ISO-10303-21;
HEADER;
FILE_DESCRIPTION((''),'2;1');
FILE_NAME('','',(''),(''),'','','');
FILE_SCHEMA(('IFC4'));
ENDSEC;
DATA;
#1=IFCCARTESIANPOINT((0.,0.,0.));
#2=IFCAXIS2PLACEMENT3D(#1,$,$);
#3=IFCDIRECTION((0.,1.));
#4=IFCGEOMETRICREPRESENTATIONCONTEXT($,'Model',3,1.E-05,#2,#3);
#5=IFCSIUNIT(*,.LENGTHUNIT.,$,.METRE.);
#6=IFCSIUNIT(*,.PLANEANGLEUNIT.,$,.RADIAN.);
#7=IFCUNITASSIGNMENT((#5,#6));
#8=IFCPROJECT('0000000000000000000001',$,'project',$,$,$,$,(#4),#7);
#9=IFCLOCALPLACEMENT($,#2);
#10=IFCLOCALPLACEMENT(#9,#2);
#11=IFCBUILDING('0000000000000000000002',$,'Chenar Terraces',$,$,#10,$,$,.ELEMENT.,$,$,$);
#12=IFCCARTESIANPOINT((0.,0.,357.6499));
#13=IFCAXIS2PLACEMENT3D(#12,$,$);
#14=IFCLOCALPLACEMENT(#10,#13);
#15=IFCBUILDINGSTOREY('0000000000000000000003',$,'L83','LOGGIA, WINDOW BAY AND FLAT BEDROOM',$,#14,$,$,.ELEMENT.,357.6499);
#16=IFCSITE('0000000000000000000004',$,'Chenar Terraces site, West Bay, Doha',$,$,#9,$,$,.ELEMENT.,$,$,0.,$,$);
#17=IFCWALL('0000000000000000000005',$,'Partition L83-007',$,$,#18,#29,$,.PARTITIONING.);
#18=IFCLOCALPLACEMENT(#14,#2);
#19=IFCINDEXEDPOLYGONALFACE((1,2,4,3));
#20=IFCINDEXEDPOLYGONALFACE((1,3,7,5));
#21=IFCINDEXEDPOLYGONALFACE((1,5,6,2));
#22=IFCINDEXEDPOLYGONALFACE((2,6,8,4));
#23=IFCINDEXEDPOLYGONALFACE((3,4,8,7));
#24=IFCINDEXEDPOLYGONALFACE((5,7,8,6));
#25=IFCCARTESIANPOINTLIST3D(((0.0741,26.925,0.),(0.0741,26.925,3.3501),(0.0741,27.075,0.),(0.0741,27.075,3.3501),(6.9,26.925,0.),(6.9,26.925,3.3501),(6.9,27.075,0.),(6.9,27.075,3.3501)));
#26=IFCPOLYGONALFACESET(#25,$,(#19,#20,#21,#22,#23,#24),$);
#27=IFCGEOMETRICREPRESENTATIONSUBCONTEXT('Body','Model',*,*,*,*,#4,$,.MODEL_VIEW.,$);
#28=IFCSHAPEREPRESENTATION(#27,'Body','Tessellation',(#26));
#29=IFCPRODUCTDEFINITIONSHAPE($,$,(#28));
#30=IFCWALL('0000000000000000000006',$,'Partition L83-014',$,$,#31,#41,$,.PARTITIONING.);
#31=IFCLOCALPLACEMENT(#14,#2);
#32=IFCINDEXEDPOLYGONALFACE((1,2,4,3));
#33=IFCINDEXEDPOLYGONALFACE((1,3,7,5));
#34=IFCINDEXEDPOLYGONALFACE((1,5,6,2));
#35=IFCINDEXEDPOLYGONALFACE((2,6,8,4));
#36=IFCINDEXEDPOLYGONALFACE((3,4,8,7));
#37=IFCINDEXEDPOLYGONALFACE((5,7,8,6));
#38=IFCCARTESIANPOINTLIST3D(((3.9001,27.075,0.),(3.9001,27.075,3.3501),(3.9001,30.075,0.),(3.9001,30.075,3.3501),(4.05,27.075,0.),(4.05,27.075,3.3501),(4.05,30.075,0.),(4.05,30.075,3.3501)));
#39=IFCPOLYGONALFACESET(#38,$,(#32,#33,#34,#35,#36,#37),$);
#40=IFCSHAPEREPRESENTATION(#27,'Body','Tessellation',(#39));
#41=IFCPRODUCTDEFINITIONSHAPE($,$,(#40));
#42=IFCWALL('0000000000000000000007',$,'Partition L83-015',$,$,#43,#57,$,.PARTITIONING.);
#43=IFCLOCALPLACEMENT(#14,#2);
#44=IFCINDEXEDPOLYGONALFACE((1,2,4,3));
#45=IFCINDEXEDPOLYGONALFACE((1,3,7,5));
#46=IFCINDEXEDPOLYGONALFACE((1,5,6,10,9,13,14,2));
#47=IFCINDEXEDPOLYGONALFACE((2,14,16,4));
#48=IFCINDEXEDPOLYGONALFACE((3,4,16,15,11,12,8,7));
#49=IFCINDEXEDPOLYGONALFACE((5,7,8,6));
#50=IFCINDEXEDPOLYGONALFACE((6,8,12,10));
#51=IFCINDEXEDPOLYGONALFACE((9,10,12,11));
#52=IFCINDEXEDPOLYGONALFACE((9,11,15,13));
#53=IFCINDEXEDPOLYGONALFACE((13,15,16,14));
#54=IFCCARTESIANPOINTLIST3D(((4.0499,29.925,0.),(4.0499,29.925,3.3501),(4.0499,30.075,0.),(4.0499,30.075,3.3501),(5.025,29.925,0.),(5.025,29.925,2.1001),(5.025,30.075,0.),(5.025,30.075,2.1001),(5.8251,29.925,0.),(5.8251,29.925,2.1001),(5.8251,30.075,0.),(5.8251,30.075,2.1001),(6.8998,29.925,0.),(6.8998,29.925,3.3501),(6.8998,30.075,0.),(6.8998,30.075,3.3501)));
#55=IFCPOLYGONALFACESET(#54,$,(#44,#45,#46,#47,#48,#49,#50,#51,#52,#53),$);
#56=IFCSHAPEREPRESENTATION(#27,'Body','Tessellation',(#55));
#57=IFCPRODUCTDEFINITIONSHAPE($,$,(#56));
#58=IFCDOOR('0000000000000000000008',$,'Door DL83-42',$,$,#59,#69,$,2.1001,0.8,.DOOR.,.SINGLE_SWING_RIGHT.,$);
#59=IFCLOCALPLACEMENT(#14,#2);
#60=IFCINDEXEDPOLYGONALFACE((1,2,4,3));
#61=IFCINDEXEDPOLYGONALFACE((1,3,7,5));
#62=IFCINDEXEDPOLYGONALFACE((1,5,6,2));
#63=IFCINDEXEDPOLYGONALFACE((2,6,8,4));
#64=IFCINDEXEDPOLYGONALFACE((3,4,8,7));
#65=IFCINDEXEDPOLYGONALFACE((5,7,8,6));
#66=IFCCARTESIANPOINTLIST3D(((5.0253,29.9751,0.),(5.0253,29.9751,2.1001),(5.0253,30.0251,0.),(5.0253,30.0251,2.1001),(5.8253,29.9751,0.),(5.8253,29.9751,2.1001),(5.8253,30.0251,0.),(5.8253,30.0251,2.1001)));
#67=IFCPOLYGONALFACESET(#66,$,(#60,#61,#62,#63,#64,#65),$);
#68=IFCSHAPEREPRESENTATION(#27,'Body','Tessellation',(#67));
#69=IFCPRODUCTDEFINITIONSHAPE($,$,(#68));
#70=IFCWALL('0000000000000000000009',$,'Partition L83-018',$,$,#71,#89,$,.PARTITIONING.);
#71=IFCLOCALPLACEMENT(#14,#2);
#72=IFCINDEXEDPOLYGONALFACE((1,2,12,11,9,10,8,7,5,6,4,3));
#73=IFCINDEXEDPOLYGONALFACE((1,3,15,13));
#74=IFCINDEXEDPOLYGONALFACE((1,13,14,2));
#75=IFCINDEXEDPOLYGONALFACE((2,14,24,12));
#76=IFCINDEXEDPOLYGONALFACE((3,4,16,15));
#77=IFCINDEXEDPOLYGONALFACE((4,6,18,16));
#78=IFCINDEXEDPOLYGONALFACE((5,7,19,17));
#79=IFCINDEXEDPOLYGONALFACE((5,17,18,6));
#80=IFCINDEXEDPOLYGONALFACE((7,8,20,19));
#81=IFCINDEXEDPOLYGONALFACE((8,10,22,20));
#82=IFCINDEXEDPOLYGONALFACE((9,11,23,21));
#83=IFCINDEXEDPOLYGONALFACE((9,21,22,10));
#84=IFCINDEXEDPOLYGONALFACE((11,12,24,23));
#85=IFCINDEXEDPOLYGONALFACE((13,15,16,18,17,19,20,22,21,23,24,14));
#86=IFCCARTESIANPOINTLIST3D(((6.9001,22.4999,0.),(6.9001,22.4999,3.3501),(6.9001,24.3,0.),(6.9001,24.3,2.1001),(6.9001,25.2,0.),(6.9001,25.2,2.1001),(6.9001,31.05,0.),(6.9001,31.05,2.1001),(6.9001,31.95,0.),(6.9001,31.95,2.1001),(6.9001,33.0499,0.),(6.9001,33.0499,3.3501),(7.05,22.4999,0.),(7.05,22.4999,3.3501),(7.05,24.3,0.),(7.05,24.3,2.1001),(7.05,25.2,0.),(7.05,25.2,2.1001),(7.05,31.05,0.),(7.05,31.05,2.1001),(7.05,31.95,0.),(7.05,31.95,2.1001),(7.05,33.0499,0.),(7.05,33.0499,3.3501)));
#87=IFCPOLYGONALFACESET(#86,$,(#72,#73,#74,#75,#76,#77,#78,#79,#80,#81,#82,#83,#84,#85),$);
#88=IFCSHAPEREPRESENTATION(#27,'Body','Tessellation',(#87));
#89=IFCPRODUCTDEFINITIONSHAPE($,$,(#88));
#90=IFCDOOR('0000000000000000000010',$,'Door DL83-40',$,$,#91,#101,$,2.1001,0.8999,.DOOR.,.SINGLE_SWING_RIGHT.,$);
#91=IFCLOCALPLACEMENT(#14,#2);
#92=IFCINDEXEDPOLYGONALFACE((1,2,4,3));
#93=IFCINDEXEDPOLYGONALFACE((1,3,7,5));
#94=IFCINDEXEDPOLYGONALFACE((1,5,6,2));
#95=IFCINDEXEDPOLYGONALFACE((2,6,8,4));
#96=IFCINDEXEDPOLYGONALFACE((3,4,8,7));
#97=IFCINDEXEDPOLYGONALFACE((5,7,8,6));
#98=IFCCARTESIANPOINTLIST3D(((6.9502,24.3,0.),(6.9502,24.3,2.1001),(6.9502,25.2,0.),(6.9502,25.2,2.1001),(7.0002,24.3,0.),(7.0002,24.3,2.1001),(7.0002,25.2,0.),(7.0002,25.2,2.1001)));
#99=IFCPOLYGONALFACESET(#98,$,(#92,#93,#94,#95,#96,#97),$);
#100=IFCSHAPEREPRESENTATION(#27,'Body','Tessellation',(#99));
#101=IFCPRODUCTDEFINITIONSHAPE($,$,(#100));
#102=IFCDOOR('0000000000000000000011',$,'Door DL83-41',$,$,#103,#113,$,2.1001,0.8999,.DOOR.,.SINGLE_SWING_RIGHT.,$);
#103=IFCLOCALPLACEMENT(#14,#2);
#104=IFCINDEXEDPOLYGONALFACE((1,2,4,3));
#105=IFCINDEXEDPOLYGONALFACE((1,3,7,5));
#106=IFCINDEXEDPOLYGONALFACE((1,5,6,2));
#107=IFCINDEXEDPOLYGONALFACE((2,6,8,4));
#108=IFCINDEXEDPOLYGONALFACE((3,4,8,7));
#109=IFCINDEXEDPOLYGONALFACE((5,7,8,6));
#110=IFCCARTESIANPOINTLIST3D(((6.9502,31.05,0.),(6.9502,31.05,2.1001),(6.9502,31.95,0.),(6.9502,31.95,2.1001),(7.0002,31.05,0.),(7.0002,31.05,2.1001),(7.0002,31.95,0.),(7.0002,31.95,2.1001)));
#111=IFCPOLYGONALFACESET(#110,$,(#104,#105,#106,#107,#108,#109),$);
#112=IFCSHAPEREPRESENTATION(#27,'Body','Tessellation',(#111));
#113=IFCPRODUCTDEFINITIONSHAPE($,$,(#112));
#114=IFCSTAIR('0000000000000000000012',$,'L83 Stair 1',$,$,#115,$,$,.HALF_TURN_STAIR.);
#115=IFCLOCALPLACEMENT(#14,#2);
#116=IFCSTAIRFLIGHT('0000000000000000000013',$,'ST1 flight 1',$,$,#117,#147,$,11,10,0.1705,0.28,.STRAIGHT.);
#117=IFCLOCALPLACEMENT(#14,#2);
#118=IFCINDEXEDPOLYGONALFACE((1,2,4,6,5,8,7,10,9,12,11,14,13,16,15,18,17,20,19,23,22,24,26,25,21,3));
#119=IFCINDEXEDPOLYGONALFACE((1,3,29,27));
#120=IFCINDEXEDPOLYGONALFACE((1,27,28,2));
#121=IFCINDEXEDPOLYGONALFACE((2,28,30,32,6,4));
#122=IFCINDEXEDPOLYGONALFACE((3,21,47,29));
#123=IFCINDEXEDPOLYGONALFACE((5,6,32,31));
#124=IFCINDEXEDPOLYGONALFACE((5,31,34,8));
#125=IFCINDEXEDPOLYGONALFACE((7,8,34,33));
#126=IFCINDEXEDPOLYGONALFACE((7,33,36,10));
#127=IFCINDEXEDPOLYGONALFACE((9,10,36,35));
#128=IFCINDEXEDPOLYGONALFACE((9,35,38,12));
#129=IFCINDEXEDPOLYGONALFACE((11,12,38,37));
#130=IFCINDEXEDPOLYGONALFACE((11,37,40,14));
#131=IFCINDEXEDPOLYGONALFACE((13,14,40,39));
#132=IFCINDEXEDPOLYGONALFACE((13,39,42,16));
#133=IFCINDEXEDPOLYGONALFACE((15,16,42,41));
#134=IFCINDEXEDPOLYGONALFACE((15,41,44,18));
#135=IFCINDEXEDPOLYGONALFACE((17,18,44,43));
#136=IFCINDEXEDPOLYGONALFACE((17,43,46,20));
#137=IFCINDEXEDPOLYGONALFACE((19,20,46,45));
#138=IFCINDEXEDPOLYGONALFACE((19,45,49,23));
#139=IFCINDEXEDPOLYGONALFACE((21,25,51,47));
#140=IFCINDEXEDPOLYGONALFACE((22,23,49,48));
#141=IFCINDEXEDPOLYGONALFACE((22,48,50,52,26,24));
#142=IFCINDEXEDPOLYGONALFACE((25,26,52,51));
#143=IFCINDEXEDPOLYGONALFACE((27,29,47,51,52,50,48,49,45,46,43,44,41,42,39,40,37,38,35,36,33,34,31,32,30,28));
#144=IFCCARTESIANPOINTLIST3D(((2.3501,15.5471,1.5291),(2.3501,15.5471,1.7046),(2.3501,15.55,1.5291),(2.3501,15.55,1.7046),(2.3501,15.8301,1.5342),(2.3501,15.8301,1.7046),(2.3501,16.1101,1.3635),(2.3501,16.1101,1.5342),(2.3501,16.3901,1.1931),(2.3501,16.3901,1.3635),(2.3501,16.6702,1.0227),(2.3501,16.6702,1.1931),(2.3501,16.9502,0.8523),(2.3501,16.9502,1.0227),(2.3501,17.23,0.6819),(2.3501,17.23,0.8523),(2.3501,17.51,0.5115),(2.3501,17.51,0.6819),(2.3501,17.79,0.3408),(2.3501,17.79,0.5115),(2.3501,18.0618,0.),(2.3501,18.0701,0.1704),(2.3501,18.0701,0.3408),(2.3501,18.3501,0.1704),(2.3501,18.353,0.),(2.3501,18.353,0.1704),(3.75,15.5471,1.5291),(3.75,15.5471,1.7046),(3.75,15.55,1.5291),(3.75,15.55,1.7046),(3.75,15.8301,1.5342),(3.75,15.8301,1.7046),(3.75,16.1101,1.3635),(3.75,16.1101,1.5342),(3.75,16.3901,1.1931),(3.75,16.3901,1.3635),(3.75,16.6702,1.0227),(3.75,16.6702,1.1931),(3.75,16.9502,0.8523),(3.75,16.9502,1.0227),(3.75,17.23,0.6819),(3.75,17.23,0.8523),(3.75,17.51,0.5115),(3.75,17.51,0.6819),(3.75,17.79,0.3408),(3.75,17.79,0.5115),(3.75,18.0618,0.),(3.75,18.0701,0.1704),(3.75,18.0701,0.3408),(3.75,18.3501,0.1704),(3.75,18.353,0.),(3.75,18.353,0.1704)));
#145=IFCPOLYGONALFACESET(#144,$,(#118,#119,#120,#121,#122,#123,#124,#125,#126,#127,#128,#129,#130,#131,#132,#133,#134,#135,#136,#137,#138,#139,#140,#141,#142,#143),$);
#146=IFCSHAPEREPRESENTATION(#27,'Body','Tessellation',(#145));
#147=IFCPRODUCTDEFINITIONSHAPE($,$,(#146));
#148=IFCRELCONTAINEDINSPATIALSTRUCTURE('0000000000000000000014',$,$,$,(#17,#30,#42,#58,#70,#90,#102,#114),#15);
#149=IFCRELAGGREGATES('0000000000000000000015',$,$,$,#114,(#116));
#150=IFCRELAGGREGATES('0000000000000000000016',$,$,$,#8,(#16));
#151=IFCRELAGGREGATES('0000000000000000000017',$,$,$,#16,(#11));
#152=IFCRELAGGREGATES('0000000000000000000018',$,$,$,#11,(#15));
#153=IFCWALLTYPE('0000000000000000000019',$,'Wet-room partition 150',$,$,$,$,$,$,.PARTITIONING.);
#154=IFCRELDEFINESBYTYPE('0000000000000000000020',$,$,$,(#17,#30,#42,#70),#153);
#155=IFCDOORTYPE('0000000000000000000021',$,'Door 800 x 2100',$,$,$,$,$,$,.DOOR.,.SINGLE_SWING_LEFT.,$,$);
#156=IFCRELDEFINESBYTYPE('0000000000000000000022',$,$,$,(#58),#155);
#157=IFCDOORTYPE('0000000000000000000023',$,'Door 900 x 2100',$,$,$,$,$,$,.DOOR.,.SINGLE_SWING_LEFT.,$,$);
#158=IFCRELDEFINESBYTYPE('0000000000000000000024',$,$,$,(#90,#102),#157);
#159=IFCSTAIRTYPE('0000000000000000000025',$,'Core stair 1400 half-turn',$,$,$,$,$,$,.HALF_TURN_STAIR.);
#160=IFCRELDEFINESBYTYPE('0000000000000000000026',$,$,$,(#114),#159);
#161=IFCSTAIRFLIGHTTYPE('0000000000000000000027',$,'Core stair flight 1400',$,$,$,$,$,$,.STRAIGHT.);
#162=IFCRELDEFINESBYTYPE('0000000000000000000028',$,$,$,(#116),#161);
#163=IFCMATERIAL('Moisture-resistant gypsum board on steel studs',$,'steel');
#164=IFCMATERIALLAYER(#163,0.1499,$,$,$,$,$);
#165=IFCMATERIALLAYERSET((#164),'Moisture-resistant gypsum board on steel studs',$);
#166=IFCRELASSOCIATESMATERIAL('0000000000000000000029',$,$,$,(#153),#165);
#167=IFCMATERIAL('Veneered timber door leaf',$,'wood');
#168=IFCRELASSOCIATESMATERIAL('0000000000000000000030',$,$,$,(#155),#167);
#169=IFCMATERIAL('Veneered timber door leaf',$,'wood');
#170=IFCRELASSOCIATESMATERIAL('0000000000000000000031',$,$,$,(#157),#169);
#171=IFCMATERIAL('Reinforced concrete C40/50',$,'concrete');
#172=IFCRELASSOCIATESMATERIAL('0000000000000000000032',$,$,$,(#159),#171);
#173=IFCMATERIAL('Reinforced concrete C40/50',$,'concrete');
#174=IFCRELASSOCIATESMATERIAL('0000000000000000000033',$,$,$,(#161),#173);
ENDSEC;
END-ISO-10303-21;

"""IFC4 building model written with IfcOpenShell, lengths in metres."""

from ifc_helpers import new_model, si_unit, direction, frame, frame_2d, origin, place, context, subcontext, project, spatial, polyline, rectangle, outline, extrude, material, layer, layer_set, type_object, element, fill, aggregate, save


model = new_model("IFC4")

# Units and contexts
model_context = context("Model", 3, precision=1e-05, world=origin(), true_north=direction((0.0, 1.0)))
body_context = subcontext(model_context, "Body", "Model", "MODEL_VIEW")
ifc_project = project(units=[si_unit("LENGTHUNIT", "METRE"), si_unit("PLANEANGLEUNIT", "RADIAN")], contexts=[model_context])

# Site, building, storey
site_placement = place(None, origin())
site = spatial("IfcSite", under=ifc_project, at=site_placement, Name="Chenar Terraces site, West Bay, Doha", CompositionType="ELEMENT", RefElevation=0.0)
building_placement = place(site_placement, origin())
building = spatial("IfcBuilding", under=site, at=building_placement, Name="Chenar Terraces", CompositionType="ELEMENT")
storey_placement = place(building_placement, frame((0.0, 0.0, 357.6499)))
storey = spatial("IfcBuildingStorey", under=building, at=storey_placement, Name="L83", Description="LOGGIA, WINDOW BAY AND FLAT BEDROOM", CompositionType="ELEMENT", Elevation=357.6499)

# Walls
ifc_material_1 = material(Name="Moisture-resistant gypsum board on steel studs", Category="steel")
ifc_layer_1 = layer(ifc_material_1, 0.1499)
ifc_layer_set_1 = layer_set([ifc_layer_1], Name="Moisture-resistant gypsum board on steel studs")
wall_type_1 = type_object("IfcWallType", Name="Wet-room partition 150", PredefinedType="PARTITIONING", material=ifc_layer_set_1)
wall_1_placement = place(storey_placement, frame((0.074, 27.0, 0.0), z_axis=(0.0, 0.0, 1.0), x_axis=(1.0, 0.0, 0.0)))
element("IfcWall", 1, at=wall_1_placement, inside=storey, type_object=wall_type_1, Name="Partition L83-007", PredefinedType="PARTITIONING", context=body_context, shape_type="SweptSolid", body=[
    extrude(rectangle(XDim=6.8259, YDim=0.1499, at=frame_2d((3.4131, 0.0))), origin(), (0.0, 0.0, 1.0), 3.3501),
])
wall_2_placement = place(storey_placement, frame((3.9751, 27.075, 0.0), z_axis=(0.0, 0.0, 1.0), x_axis=(0.0, 1.0, 0.0)))
element("IfcWall", 2, at=wall_2_placement, inside=storey, type_object=wall_type_1, Name="Partition L83-014", PredefinedType="PARTITIONING", context=body_context, shape_type="SweptSolid", body=[
    extrude(rectangle(XDim=3.0, YDim=0.1499, at=frame_2d((1.5, 0.0))), origin(), (0.0, 0.0, 1.0), 3.3501),
])

# Wall, opening, door
wall_3_placement = place(storey_placement, frame((4.05, 30.0, 0.0), z_axis=(0.0, 0.0, 1.0), x_axis=(1.0, 0.0, 0.0)))
wall_3 = element("IfcWall", 3, at=wall_3_placement, inside=storey, type_object=wall_type_1, Name="Partition L83-015", PredefinedType="PARTITIONING", context=body_context, shape_type="SweptSolid", body=[
    extrude(rectangle(XDim=2.8499, YDim=0.1499, at=frame_2d((1.4248, 0.0))), origin(), (0.0, 0.0, 1.0), 3.3501),
])
opening_1_placement = place(wall_3_placement, frame((0.9751, 0.0, 0.0)))
opening_1 = element("IfcOpeningElement", 4, at=opening_1_placement, cuts=wall_3, PredefinedType="OPENING", context=body_context, shape_type="SweptSolid", body=[
    extrude(rectangle(XDim=0.8, YDim=2.1001, at=frame_2d((0.3999, 1.05))), frame((0.0, 0.085, 0.0), z_axis=(0.0, -1.0, 0.0), x_axis=(1.0, 0.0, 0.0)), (0.0, 0.0, 1.0), 0.1699),
])
ifc_material_2 = material(Name="Veneered timber door leaf", Category="wood")
door_type_1 = type_object("IfcDoorType", Name="Door 800 x 2100", OperationType="SINGLE_SWING_LEFT", PredefinedType="DOOR", material=ifc_material_2)
door_1_placement = place(opening_1_placement, frame((0.8, 0.0, 0.0), z_axis=(0.0, 0.0, 1.0), x_axis=(-1.0, 0.0, 0.0)))
door_1 = element("IfcDoor", 5, at=door_1_placement, inside=storey, type_object=door_type_1, Name="Door DL83-42", OperationType="SINGLE_SWING_RIGHT", OverallHeight=2.1001, OverallWidth=0.8, PredefinedType="DOOR", context=body_context, shape_type="SweptSolid", body=[
    extrude(rectangle(XDim=0.8, YDim=2.1001, at=frame_2d((0.3999, 1.05))), frame((0.0, 0.0249, 0.0), z_axis=(0.0, -1.0, 0.0), x_axis=(1.0, 0.0, 0.0)), (0.0, 0.0, 1.0), 0.05),
])
fill(opening_1, door_1)

# Wall, openings, doors
wall_4_placement = place(storey_placement, frame((6.9751, 22.5, 0.0), z_axis=(0.0, 0.0, 1.0), x_axis=(0.0, 1.0, 0.0)))
wall_4 = element("IfcWall", 6, at=wall_4_placement, inside=storey, type_object=wall_type_1, Name="Partition L83-018", PredefinedType="PARTITIONING", context=body_context, shape_type="SweptSolid", body=[
    extrude(rectangle(XDim=10.55, YDim=0.1499, at=frame_2d((5.2749, 0.0))), origin(), (0.0, 0.0, 1.0), 3.3501),
])
opening_2_placement = place(wall_4_placement, frame((1.8, 0.0, 0.0)))
opening_2 = element("IfcOpeningElement", 7, at=opening_2_placement, cuts=wall_4, PredefinedType="OPENING", context=body_context, shape_type="SweptSolid", body=[
    extrude(rectangle(XDim=0.8999, YDim=2.1001, at=frame_2d((0.45, 1.05))), frame((0.0, 0.085, 0.0), z_axis=(0.0, -1.0, 0.0), x_axis=(1.0, 0.0, 0.0)), (0.0, 0.0, 1.0), 0.1699),
])
opening_3_placement = place(wall_4_placement, frame((8.55, 0.0, 0.0)))
opening_3 = element("IfcOpeningElement", 8, at=opening_3_placement, cuts=wall_4, PredefinedType="OPENING", context=body_context, shape_type="SweptSolid", body=[
    extrude(rectangle(XDim=0.8999, YDim=2.1001, at=frame_2d((0.45, 1.05))), frame((0.0, 0.085, 0.0), z_axis=(0.0, -1.0, 0.0), x_axis=(1.0, 0.0, 0.0)), (0.0, 0.0, 1.0), 0.1699),
])
ifc_material_3 = material(Name="Veneered timber door leaf", Category="wood")
door_type_2 = type_object("IfcDoorType", Name="Door 900 x 2100", OperationType="SINGLE_SWING_LEFT", PredefinedType="DOOR", material=ifc_material_3)
door_2_placement = place(opening_2_placement, origin())
door_2 = element("IfcDoor", 9, at=door_2_placement, inside=storey, type_object=door_type_2, Name="Door DL83-40", OperationType="SINGLE_SWING_RIGHT", OverallHeight=2.1001, OverallWidth=0.8999, PredefinedType="DOOR", context=body_context, shape_type="SweptSolid", body=[
    extrude(rectangle(XDim=0.8999, YDim=2.1001, at=frame_2d((0.45, 1.05))), frame((0.0, 0.0249, 0.0), z_axis=(0.0, -1.0, 0.0), x_axis=(1.0, 0.0, 0.0)), (0.0, 0.0, 1.0), 0.05),
])
fill(opening_2, door_2)
door_3_placement = place(opening_3_placement, origin())
door_3 = element("IfcDoor", 10, at=door_3_placement, inside=storey, type_object=door_type_2, Name="Door DL83-41", OperationType="SINGLE_SWING_RIGHT", OverallHeight=2.1001, OverallWidth=0.8999, PredefinedType="DOOR", context=body_context, shape_type="SweptSolid", body=[
    extrude(rectangle(XDim=0.8999, YDim=2.1001, at=frame_2d((0.45, 1.05))), frame((0.0, 0.0249, 0.0), z_axis=(0.0, -1.0, 0.0), x_axis=(1.0, 0.0, 0.0)), (0.0, 0.0, 1.0), 0.05),
])
fill(opening_3, door_3)

# Stair, stair flight
ifc_material_4 = material(Name="Reinforced concrete C40/50", Category="concrete")
stair_type = type_object("IfcStairType", Name="Core stair 1400 half-turn", PredefinedType="HALF_TURN_STAIR", material=ifc_material_4)
stair_placement = place(storey_placement, origin())
stair = element("IfcStair", 11, at=stair_placement, inside=storey, type_object=stair_type, Name="L83 Stair 1", PredefinedType="HALF_TURN_STAIR")
ifc_material_5 = material(Name="Reinforced concrete C40/50", Category="concrete")
stair_flight_type = type_object("IfcStairFlightType", Name="Core stair flight 1400", PredefinedType="STRAIGHT", material=ifc_material_5)
stair_flight_placement = place(storey_placement, frame((3.05, 18.3501, 0.0), z_axis=(0.0, 0.0, 1.0), x_axis=(0.0, -1.0, 0.0)))
stair_flight = element("IfcStairFlight", 12, at=stair_flight_placement, type_object=stair_flight_type, Name="ST1 flight 1", NumberOfRisers=11, NumberOfTreads=10, PredefinedType="STRAIGHT", RiserHeight=0.1705, TreadLength=0.28, context=body_context, shape_type="SweptSolid", body=[
    extrude(outline(polyline([(-0.0029, 0.0), (-0.0029, 0.1704), (0.0, 0.1704), (0.28, 0.1704), (0.28, 0.3408), (0.5601, 0.3408), (0.5601, 0.5115), (0.8401, 0.5115), (0.8401, 0.6819), (1.1201, 0.6819), (1.1201, 0.8523), (1.3999, 0.8523), (1.3999, 1.0227), (1.6799, 1.0227), (1.6799, 1.1931), (1.96, 1.1931), (1.96, 1.3635), (2.24, 1.3635), (2.24, 1.5342), (2.52, 1.5342), (2.52, 1.7046), (2.8, 1.7046), (2.803, 1.7046), (2.803, 1.5291), (2.8, 1.5291), (0.2883, 0.0), (-0.0029, 0.0)])), frame((0.0, 0.7, 0.0), z_axis=(0.0, -1.0, 0.0), x_axis=(1.0, 0.0, 0.0)), (0.0, 0.0, 1.0), 1.3999),
])
aggregate(stair, [stair_flight])

save(model, "model.ifc")
